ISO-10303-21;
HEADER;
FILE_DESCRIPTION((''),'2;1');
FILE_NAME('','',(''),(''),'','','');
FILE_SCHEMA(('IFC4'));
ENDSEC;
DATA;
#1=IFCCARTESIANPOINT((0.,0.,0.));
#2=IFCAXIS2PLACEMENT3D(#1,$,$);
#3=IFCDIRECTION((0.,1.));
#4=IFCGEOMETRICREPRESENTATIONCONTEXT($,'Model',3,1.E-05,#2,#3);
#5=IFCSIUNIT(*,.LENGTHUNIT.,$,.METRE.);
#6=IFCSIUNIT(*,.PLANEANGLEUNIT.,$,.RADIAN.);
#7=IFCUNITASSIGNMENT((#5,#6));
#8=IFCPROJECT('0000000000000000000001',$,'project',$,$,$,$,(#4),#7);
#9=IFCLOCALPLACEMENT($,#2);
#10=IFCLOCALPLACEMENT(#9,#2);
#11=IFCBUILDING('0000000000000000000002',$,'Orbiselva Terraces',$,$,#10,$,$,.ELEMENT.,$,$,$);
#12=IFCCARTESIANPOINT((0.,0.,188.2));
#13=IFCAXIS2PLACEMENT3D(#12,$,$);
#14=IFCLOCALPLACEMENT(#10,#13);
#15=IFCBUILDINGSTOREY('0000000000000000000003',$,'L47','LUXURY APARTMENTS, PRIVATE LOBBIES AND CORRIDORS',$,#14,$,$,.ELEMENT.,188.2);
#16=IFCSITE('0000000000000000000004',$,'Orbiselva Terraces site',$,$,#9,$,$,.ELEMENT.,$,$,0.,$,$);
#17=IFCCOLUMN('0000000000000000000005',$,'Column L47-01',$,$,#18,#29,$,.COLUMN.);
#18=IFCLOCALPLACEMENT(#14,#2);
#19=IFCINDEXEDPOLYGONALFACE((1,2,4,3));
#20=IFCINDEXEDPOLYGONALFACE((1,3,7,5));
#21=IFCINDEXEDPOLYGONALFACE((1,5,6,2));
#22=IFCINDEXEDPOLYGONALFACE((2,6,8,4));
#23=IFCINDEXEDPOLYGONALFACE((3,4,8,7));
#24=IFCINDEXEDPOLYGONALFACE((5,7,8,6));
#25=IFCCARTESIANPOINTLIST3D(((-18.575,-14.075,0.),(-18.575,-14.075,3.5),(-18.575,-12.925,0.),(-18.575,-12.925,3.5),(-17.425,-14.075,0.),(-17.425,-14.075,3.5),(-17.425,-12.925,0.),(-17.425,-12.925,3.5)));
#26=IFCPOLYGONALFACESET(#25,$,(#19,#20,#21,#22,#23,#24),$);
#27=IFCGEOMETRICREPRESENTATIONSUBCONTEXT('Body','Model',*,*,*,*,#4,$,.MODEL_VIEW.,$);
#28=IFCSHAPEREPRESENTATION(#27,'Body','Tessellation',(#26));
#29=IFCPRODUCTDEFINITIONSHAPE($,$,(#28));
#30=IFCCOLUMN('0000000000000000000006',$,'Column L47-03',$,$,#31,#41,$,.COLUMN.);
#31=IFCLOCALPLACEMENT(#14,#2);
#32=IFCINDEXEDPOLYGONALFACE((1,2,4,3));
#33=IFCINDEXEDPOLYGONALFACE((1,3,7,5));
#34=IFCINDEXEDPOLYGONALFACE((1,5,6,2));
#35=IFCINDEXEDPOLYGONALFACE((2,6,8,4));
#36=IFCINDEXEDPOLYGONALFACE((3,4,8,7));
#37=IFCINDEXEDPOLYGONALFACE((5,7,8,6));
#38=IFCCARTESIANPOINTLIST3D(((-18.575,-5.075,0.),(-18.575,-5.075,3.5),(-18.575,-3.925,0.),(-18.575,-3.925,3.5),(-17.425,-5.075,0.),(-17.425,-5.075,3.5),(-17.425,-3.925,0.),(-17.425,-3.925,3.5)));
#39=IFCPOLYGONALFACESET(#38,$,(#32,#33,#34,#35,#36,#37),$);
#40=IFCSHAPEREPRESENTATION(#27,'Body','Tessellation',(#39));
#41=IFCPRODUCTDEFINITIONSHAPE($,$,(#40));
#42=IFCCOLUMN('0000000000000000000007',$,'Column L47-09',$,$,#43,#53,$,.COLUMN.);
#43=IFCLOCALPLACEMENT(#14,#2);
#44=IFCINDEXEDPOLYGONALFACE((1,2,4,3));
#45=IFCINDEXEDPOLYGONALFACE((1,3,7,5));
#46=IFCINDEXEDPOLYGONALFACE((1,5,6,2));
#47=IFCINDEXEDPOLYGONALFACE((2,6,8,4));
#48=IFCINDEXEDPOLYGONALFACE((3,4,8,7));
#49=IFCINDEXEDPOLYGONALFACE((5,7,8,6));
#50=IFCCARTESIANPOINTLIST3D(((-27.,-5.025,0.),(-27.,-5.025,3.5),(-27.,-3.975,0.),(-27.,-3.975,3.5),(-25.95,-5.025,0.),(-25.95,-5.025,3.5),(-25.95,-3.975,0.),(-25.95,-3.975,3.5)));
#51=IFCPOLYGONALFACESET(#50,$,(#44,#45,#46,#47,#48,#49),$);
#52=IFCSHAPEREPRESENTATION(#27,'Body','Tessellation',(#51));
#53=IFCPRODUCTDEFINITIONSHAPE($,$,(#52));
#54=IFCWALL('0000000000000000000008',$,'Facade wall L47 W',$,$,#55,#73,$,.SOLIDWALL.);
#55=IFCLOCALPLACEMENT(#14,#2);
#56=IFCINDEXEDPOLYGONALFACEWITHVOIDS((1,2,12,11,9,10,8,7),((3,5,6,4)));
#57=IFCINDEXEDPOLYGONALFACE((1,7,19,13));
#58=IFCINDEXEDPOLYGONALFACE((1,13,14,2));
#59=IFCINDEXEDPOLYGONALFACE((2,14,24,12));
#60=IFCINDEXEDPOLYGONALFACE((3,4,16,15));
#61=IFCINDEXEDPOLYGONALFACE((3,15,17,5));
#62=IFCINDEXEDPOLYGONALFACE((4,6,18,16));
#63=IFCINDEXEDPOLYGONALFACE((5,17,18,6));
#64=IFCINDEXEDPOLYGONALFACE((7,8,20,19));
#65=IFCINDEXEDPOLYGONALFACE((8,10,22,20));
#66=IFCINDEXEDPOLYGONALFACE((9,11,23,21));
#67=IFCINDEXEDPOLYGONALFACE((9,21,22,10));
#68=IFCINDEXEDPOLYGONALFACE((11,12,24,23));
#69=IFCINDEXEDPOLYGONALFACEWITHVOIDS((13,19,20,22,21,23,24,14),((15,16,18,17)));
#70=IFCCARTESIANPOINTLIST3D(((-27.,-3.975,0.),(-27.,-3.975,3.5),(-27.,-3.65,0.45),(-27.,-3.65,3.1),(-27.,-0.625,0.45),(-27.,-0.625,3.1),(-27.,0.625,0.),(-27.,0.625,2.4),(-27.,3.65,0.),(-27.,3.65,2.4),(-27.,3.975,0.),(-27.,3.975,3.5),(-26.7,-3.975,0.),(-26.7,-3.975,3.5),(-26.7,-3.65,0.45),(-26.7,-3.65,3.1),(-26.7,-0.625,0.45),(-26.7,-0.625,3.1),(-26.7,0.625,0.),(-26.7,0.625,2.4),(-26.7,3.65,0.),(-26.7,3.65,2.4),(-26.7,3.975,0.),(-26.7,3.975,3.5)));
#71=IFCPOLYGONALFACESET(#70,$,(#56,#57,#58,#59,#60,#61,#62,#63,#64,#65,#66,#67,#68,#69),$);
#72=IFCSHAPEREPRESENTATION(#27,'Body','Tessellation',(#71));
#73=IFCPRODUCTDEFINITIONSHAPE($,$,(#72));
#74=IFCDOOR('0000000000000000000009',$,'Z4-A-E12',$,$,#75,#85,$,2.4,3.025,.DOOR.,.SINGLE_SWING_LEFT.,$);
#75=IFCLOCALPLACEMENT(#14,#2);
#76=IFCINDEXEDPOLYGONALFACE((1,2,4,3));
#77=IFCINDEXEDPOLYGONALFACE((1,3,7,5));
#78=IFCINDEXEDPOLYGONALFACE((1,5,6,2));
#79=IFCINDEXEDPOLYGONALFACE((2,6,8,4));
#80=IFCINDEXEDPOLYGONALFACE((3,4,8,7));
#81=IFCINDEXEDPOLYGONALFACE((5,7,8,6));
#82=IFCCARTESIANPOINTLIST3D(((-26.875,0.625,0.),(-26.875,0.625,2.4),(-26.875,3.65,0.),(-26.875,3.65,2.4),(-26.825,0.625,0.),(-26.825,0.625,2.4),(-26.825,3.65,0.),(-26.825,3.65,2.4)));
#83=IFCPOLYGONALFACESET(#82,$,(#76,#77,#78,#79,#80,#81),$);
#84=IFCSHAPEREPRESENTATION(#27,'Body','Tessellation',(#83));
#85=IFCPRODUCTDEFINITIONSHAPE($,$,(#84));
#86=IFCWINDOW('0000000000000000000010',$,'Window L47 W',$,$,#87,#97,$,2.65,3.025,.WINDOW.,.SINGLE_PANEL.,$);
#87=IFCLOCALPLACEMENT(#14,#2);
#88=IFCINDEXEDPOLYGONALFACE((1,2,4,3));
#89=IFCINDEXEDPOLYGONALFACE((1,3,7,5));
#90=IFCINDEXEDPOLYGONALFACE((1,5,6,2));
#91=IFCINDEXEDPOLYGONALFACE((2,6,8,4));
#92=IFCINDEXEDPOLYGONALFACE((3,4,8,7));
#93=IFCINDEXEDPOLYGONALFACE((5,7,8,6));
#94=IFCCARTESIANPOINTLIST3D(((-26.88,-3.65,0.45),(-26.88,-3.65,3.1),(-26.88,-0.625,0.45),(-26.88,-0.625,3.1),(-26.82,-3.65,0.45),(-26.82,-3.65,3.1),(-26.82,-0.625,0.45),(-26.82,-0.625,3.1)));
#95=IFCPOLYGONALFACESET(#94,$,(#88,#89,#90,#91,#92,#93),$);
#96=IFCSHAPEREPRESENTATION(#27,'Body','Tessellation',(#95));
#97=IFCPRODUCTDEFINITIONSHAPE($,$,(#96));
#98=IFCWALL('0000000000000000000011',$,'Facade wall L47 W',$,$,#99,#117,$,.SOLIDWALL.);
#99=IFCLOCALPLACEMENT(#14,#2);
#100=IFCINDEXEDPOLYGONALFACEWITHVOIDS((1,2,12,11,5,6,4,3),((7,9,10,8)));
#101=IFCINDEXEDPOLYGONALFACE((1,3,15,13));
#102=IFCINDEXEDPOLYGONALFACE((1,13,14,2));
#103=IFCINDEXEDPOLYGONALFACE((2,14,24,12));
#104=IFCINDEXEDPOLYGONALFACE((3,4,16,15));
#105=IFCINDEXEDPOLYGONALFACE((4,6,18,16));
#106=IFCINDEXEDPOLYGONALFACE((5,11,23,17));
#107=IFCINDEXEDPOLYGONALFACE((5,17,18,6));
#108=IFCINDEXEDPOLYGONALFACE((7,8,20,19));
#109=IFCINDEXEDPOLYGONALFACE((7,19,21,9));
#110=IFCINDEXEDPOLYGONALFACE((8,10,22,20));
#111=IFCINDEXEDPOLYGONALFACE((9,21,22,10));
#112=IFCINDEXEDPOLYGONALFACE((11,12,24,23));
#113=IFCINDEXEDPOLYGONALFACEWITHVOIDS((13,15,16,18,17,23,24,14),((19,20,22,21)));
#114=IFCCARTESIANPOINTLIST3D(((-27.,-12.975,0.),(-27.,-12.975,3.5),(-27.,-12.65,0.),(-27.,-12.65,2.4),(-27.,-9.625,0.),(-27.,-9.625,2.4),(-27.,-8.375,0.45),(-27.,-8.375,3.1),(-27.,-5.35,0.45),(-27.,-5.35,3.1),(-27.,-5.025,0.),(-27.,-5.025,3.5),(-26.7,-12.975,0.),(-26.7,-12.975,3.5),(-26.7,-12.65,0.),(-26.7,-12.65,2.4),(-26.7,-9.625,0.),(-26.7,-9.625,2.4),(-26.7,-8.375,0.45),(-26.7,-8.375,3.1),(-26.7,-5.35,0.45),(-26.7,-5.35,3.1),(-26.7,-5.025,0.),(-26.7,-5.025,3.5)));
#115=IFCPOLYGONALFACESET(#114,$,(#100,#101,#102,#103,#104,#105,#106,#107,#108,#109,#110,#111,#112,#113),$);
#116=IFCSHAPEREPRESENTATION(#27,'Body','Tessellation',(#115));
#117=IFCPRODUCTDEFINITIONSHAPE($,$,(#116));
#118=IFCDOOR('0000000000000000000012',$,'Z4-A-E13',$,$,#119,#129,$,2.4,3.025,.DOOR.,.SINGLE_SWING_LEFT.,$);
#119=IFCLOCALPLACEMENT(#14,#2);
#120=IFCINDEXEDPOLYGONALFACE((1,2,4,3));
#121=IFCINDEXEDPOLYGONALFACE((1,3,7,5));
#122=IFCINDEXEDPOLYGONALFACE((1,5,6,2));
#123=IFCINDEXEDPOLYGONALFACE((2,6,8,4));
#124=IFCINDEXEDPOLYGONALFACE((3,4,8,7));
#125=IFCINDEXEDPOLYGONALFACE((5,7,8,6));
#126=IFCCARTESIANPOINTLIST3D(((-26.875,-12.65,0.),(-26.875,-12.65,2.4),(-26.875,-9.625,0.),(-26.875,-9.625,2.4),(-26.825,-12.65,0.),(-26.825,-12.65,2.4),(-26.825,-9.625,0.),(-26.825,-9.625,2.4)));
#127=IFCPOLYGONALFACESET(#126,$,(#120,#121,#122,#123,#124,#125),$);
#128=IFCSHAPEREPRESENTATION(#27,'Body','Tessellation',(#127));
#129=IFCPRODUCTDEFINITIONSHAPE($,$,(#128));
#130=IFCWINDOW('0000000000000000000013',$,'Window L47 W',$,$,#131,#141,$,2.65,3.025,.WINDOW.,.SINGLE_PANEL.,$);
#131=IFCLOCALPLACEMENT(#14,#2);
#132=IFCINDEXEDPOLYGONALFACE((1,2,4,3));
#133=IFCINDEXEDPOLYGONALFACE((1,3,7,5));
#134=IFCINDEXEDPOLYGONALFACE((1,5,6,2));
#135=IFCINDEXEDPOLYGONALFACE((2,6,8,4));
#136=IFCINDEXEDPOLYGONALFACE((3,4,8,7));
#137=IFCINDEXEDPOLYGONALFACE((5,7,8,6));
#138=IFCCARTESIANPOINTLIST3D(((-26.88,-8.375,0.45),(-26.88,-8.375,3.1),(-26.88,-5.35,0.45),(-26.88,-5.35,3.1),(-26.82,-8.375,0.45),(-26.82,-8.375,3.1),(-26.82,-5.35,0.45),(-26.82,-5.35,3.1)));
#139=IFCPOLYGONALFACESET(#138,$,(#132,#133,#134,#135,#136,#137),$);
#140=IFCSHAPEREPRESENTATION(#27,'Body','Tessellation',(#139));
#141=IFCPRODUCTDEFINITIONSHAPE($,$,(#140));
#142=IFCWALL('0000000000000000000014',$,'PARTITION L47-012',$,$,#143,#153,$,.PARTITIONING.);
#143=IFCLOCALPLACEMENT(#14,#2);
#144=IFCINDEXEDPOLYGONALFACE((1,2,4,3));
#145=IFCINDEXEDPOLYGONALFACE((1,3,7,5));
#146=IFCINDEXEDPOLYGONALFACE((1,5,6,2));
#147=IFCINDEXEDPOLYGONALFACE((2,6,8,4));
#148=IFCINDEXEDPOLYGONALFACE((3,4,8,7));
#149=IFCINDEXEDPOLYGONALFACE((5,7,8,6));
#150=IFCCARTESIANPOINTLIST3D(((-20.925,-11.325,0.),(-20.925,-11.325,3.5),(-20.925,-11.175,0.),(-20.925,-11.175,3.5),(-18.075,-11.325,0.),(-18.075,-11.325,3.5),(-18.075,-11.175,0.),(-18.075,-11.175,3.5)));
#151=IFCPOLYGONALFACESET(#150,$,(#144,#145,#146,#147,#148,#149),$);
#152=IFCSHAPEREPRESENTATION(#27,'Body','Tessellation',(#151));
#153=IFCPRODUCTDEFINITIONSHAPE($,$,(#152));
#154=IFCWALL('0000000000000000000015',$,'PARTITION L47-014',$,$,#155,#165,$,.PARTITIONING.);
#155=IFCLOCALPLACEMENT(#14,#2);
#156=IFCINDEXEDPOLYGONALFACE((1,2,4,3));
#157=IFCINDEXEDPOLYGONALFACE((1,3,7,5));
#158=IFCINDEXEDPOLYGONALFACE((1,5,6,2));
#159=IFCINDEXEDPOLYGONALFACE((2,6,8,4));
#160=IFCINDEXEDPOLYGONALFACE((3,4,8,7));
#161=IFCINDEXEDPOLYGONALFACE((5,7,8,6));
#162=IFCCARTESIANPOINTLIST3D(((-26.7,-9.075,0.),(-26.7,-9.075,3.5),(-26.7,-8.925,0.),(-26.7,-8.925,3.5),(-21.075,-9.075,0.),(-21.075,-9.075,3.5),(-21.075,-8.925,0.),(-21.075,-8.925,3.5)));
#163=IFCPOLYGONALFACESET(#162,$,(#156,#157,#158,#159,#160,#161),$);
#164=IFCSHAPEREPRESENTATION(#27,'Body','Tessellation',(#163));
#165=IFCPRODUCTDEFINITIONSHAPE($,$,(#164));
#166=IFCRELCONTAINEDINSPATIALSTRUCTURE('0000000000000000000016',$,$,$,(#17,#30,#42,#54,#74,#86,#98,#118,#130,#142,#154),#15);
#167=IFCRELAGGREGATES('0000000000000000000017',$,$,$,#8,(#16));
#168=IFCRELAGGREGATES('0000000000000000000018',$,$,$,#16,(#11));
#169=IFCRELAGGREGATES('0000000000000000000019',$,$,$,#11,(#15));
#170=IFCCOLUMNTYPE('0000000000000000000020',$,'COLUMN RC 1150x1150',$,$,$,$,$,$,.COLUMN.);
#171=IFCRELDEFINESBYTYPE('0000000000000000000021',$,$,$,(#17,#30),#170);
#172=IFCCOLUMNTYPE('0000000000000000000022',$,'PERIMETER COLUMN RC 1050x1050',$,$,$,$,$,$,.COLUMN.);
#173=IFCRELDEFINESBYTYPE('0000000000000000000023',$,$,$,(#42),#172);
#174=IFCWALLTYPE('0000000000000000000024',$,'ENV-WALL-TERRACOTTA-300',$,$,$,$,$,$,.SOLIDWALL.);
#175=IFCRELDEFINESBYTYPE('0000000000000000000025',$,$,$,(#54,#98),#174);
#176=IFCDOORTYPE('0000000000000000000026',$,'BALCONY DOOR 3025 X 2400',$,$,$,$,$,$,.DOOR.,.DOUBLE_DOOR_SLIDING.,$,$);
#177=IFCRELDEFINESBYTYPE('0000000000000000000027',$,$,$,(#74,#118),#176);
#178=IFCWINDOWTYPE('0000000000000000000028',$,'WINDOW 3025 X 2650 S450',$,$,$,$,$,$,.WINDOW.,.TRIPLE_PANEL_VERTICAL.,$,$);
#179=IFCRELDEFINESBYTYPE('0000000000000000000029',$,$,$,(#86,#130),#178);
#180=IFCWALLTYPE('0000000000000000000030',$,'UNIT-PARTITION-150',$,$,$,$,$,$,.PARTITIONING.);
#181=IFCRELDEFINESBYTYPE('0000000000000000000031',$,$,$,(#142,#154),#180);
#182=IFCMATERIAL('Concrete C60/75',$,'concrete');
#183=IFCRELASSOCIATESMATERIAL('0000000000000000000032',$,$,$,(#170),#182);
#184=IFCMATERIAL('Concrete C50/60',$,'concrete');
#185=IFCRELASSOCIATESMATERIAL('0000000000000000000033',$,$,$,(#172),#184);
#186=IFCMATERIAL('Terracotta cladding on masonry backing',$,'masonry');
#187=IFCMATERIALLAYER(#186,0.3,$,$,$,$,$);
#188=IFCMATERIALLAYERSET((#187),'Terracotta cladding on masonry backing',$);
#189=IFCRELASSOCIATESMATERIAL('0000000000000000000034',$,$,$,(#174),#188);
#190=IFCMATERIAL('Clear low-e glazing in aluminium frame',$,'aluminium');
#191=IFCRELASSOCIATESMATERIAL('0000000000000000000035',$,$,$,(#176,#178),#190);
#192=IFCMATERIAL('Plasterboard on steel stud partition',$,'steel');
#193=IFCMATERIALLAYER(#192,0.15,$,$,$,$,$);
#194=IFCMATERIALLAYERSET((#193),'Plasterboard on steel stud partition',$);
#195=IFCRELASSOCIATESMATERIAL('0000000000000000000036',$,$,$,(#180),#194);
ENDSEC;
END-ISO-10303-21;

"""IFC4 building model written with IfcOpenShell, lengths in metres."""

from ifc_helpers import new_model, si_unit, direction, frame, frame_2d, origin, origin_2d, place, context, subcontext, project, spatial, rectangle, extrude, material, layer, layer_set, material_profile, profile_set, type_object, element, fill, save


model = new_model("IFC4")

# Units and contexts
model_context = context("Model", 3, precision=1e-05, world=origin(), true_north=direction((0.0, 1.0)))
body_context = subcontext(model_context, "Body", "Model", "MODEL_VIEW")
ifc_project = project(units=[si_unit("LENGTHUNIT", "METRE"), si_unit("PLANEANGLEUNIT", "RADIAN")], contexts=[model_context])

# Site, building, storey
site_placement = place(None, origin())
site = spatial("IfcSite", under=ifc_project, at=site_placement, Name="Orbiselva Terraces site", CompositionType="ELEMENT", RefElevation=0.0)
building_placement = place(site_placement, origin())
building = spatial("IfcBuilding", under=site, at=building_placement, Name="Orbiselva Terraces", CompositionType="ELEMENT")
storey_placement = place(building_placement, frame((0.0, 0.0, 188.2)))
storey = spatial("IfcBuildingStorey", under=building, at=storey_placement, Name="L47", Description="LUXURY APARTMENTS, PRIVATE LOBBIES AND CORRIDORS", CompositionType="ELEMENT", Elevation=188.2)

# Columns
ifc_material_1 = material(Name="Concrete C60/75", Category="concrete")
ifc_material_profile_1 = material_profile(ifc_material_1, rectangle(XDim=1.15, YDim=1.15, at=origin_2d()), Name="RC 1150x1150")
ifc_profile_set_1 = profile_set([ifc_material_profile_1], Name="Concrete C60/75")
column_type_1 = type_object("IfcColumnType", Name="COLUMN RC 1150x1150", PredefinedType="COLUMN", material=ifc_profile_set_1)
for number, where, z_axis, x_axis, name in (
    (1, (-18.0, -13.5, 0.0), (0.0, 0.0, 1.0), (1.0, 0.0, 0.0), "Column L47-01"),
    (2, (-18.0, -4.5, 0.0), (0.0, 0.0, 1.0), (1.0, 0.0, 0.0), "Column L47-03"),
):
    element("IfcColumn", number, at=place(storey_placement, frame(where, z_axis=z_axis, x_axis=x_axis)), inside=storey, type_object=column_type_1, Name=name, PredefinedType="COLUMN", context=body_context, shape_type="SweptSolid", body=[
        extrude(rectangle(XDim=1.15, YDim=1.15, at=origin_2d()), origin(), (0.0, 0.0, 1.0), 3.5),
    ])
ifc_material_2 = material(Name="Concrete C50/60", Category="concrete")
ifc_material_profile_2 = material_profile(ifc_material_2, rectangle(XDim=1.05, YDim=1.05, at=origin_2d()), Name="RC 1050x1050")
ifc_profile_set_2 = profile_set([ifc_material_profile_2], Name="Concrete C50/60")
column_type_2 = type_object("IfcColumnType", Name="PERIMETER COLUMN RC 1050x1050", PredefinedType="COLUMN", material=ifc_profile_set_2)
column_placement = place(storey_placement, frame((-26.475, -4.5, 0.0), z_axis=(0.0, 0.0, 1.0), x_axis=(1.0, 0.0, 0.0)))
element("IfcColumn", 3, at=column_placement, inside=storey, type_object=column_type_2, Name="Column L47-09", PredefinedType="COLUMN", context=body_context, shape_type="SweptSolid", body=[
    extrude(rectangle(XDim=1.05, YDim=1.05, at=origin_2d()), origin(), (0.0, 0.0, 1.0), 3.5),
])

# Walls, openings, doors, windows
ifc_material_3 = material(Name="Terracotta cladding on masonry backing", Category="masonry")
ifc_layer_1 = layer(ifc_material_3, 0.3)
ifc_layer_set_1 = layer_set([ifc_layer_1], Name="Terracotta cladding on masonry backing")
wall_type_1 = type_object("IfcWallType", Name="ENV-WALL-TERRACOTTA-300", PredefinedType="SOLIDWALL", material=ifc_layer_set_1)
wall_1_placement = place(storey_placement, frame((-26.85, -3.975, 0.0), z_axis=(0.0, 0.0, 1.0), x_axis=(0.0, 1.0, 0.0)))
wall_1 = element("IfcWall", 4, at=wall_1_placement, inside=storey, type_object=wall_type_1, Name="Facade wall L47 W", PredefinedType="SOLIDWALL", context=body_context, shape_type="SweptSolid", body=[
    extrude(rectangle(XDim=7.95, YDim=0.3, at=frame_2d((3.975, 0.0))), origin(), (0.0, 0.0, 1.0), 3.5),
])
opening_1_placement = place(wall_1_placement, frame((4.6, 0.0, 0.0)))
opening_1 = element("IfcOpeningElement", 5, at=opening_1_placement, cuts=wall_1, PredefinedType="OPENING", context=body_context, shape_type="SweptSolid", body=[
    extrude(rectangle(XDim=3.025, YDim=2.4, at=frame_2d((1.5125, 1.2))), frame((0.0, 0.16, 0.0), z_axis=(0.0, -1.0, 0.0), x_axis=(1.0, 0.0, 0.0)), (0.0, 0.0, 1.0), 0.32),
])
opening_2_placement = place(wall_1_placement, frame((0.325, 0.0, 0.45)))
opening_2 = element("IfcOpeningElement", 6, at=opening_2_placement, cuts=wall_1, PredefinedType="OPENING", context=body_context, shape_type="SweptSolid", body=[
    extrude(rectangle(XDim=3.025, YDim=2.65, at=frame_2d((1.5125, 1.325))), frame((0.0, 0.16, 0.0), z_axis=(0.0, -1.0, 0.0), x_axis=(1.0, 0.0, 0.0)), (0.0, 0.0, 1.0), 0.32),
])
ifc_material_4 = material(Name="Clear low-e glazing in aluminium frame", Category="aluminium")
door_type_1 = type_object("IfcDoorType", Name="BALCONY DOOR 3025 X 2400", OperationType="DOUBLE_DOOR_SLIDING", PredefinedType="DOOR", material=ifc_material_4)
door_1_placement = place(opening_1_placement, origin())
door_1 = element("IfcDoor", 7, at=door_1_placement, inside=storey, type_object=door_type_1, Name="Z4-A-E12", OperationType="SINGLE_SWING_LEFT", OverallHeight=2.4, OverallWidth=3.025, PredefinedType="DOOR", context=body_context, shape_type="SweptSolid", body=[
    extrude(rectangle(XDim=3.025, YDim=2.4, at=frame_2d((1.5125, 1.2))), frame((0.0, 0.025, 0.0), z_axis=(0.0, -1.0, 0.0), x_axis=(1.0, 0.0, 0.0)), (0.0, 0.0, 1.0), 0.05),
])
fill(opening_1, door_1)
window_type = type_object("IfcWindowType", Name="WINDOW 3025 X 2650 S450", PartitioningType="TRIPLE_PANEL_VERTICAL", PredefinedType="WINDOW", material=ifc_material_4)
window_1_placement = place(opening_2_placement, origin())
window_1 = element("IfcWindow", 8, at=window_1_placement, inside=storey, type_object=window_type, Name="Window L47 W", OverallHeight=2.65, OverallWidth=3.025, PartitioningType="SINGLE_PANEL", PredefinedType="WINDOW", context=body_context, shape_type="SweptSolid", body=[
    extrude(rectangle(XDim=3.025, YDim=2.65, at=frame_2d((1.5125, 1.325))), frame((0.0, 0.03, 0.0), z_axis=(0.0, -1.0, 0.0), x_axis=(1.0, 0.0, 0.0)), (0.0, 0.0, 1.0), 0.06),
])
fill(opening_2, window_1)
wall_2_placement = place(storey_placement, frame((-26.85, -12.975, 0.0), z_axis=(0.0, 0.0, 1.0), x_axis=(0.0, 1.0, 0.0)))
wall_2 = element("IfcWall", 9, at=wall_2_placement, inside=storey, type_object=wall_type_1, Name="Facade wall L47 W", PredefinedType="SOLIDWALL", context=body_context, shape_type="SweptSolid", body=[
    extrude(rectangle(XDim=7.95, YDim=0.3, at=frame_2d((3.975, 0.0))), origin(), (0.0, 0.0, 1.0), 3.5),
])
opening_3_placement = place(wall_2_placement, frame((4.6, 0.0, 0.45)))
opening_3 = element("IfcOpeningElement", 10, at=opening_3_placement, cuts=wall_2, PredefinedType="OPENING", context=body_context, shape_type="SweptSolid", body=[
    extrude(rectangle(XDim=3.025, YDim=2.65, at=frame_2d((1.5125, 1.325))), frame((0.0, 0.16, 0.0), z_axis=(0.0, -1.0, 0.0), x_axis=(1.0, 0.0, 0.0)), (0.0, 0.0, 1.0), 0.32),
])
opening_4_placement = place(wall_2_placement, frame((0.325, 0.0, 0.0)))
opening_4 = element("IfcOpeningElement", 11, at=opening_4_placement, cuts=wall_2, PredefinedType="OPENING", context=body_context, shape_type="SweptSolid", body=[
    extrude(rectangle(XDim=3.025, YDim=2.4, at=frame_2d((1.5125, 1.2))), frame((0.0, 0.16, 0.0), z_axis=(0.0, -1.0, 0.0), x_axis=(1.0, 0.0, 0.0)), (0.0, 0.0, 1.0), 0.32),
])
door_2_placement = place(opening_4_placement, origin())
door_2 = element("IfcDoor", 12, at=door_2_placement, inside=storey, type_object=door_type_1, Name="Z4-A-E13", OperationType="SINGLE_SWING_LEFT", OverallHeight=2.4, OverallWidth=3.025, PredefinedType="DOOR", context=body_context, shape_type="SweptSolid", body=[
    extrude(rectangle(XDim=3.025, YDim=2.4, at=frame_2d((1.5125, 1.2))), frame((0.0, 0.025, 0.0), z_axis=(0.0, -1.0, 0.0), x_axis=(1.0, 0.0, 0.0)), (0.0, 0.0, 1.0), 0.05),
])
fill(opening_4, door_2)
window_2_placement = place(opening_3_placement, origin())
window_2 = element("IfcWindow", 13, at=window_2_placement, inside=storey, type_object=window_type, Name="Window L47 W", OverallHeight=2.65, OverallWidth=3.025, PartitioningType="SINGLE_PANEL", PredefinedType="WINDOW", context=body_context, shape_type="SweptSolid", body=[
    extrude(rectangle(XDim=3.025, YDim=2.65, at=frame_2d((1.5125, 1.325))), frame((0.0, 0.03, 0.0), z_axis=(0.0, -1.0, 0.0), x_axis=(1.0, 0.0, 0.0)), (0.0, 0.0, 1.0), 0.06),
])
fill(opening_3, window_2)

# Walls
ifc_material_5 = material(Name="Plasterboard on steel stud partition", Category="steel")
ifc_layer_2 = layer(ifc_material_5, 0.15)
ifc_layer_set_2 = layer_set([ifc_layer_2], Name="Plasterboard on steel stud partition")
wall_type_2 = type_object("IfcWallType", Name="UNIT-PARTITION-150", PredefinedType="PARTITIONING", material=ifc_layer_set_2)
wall_3_placement = place(storey_placement, frame((-20.925, -11.25, 0.0), z_axis=(0.0, 0.0, 1.0), x_axis=(1.0, 0.0, 0.0)))
element("IfcWall", 14, at=wall_3_placement, inside=storey, type_object=wall_type_2, Name="PARTITION L47-012", PredefinedType="PARTITIONING", context=body_context, shape_type="SweptSolid", body=[
    extrude(rectangle(XDim=2.85, YDim=0.15, at=frame_2d((1.425, 0.0))), origin(), (0.0, 0.0, 1.0), 3.5),
])
wall_4_placement = place(storey_placement, frame((-26.7, -9.0, 0.0), z_axis=(0.0, 0.0, 1.0), x_axis=(1.0, 0.0, 0.0)))
element("IfcWall", 15, at=wall_4_placement, inside=storey, type_object=wall_type_2, Name="PARTITION L47-014", PredefinedType="PARTITIONING", context=body_context, shape_type="SweptSolid", body=[
    extrude(rectangle(XDim=5.625, YDim=0.15, at=frame_2d((2.8125, 0.0))), origin(), (0.0, 0.0, 1.0), 3.5),
])

save(model, "model.ifc")
